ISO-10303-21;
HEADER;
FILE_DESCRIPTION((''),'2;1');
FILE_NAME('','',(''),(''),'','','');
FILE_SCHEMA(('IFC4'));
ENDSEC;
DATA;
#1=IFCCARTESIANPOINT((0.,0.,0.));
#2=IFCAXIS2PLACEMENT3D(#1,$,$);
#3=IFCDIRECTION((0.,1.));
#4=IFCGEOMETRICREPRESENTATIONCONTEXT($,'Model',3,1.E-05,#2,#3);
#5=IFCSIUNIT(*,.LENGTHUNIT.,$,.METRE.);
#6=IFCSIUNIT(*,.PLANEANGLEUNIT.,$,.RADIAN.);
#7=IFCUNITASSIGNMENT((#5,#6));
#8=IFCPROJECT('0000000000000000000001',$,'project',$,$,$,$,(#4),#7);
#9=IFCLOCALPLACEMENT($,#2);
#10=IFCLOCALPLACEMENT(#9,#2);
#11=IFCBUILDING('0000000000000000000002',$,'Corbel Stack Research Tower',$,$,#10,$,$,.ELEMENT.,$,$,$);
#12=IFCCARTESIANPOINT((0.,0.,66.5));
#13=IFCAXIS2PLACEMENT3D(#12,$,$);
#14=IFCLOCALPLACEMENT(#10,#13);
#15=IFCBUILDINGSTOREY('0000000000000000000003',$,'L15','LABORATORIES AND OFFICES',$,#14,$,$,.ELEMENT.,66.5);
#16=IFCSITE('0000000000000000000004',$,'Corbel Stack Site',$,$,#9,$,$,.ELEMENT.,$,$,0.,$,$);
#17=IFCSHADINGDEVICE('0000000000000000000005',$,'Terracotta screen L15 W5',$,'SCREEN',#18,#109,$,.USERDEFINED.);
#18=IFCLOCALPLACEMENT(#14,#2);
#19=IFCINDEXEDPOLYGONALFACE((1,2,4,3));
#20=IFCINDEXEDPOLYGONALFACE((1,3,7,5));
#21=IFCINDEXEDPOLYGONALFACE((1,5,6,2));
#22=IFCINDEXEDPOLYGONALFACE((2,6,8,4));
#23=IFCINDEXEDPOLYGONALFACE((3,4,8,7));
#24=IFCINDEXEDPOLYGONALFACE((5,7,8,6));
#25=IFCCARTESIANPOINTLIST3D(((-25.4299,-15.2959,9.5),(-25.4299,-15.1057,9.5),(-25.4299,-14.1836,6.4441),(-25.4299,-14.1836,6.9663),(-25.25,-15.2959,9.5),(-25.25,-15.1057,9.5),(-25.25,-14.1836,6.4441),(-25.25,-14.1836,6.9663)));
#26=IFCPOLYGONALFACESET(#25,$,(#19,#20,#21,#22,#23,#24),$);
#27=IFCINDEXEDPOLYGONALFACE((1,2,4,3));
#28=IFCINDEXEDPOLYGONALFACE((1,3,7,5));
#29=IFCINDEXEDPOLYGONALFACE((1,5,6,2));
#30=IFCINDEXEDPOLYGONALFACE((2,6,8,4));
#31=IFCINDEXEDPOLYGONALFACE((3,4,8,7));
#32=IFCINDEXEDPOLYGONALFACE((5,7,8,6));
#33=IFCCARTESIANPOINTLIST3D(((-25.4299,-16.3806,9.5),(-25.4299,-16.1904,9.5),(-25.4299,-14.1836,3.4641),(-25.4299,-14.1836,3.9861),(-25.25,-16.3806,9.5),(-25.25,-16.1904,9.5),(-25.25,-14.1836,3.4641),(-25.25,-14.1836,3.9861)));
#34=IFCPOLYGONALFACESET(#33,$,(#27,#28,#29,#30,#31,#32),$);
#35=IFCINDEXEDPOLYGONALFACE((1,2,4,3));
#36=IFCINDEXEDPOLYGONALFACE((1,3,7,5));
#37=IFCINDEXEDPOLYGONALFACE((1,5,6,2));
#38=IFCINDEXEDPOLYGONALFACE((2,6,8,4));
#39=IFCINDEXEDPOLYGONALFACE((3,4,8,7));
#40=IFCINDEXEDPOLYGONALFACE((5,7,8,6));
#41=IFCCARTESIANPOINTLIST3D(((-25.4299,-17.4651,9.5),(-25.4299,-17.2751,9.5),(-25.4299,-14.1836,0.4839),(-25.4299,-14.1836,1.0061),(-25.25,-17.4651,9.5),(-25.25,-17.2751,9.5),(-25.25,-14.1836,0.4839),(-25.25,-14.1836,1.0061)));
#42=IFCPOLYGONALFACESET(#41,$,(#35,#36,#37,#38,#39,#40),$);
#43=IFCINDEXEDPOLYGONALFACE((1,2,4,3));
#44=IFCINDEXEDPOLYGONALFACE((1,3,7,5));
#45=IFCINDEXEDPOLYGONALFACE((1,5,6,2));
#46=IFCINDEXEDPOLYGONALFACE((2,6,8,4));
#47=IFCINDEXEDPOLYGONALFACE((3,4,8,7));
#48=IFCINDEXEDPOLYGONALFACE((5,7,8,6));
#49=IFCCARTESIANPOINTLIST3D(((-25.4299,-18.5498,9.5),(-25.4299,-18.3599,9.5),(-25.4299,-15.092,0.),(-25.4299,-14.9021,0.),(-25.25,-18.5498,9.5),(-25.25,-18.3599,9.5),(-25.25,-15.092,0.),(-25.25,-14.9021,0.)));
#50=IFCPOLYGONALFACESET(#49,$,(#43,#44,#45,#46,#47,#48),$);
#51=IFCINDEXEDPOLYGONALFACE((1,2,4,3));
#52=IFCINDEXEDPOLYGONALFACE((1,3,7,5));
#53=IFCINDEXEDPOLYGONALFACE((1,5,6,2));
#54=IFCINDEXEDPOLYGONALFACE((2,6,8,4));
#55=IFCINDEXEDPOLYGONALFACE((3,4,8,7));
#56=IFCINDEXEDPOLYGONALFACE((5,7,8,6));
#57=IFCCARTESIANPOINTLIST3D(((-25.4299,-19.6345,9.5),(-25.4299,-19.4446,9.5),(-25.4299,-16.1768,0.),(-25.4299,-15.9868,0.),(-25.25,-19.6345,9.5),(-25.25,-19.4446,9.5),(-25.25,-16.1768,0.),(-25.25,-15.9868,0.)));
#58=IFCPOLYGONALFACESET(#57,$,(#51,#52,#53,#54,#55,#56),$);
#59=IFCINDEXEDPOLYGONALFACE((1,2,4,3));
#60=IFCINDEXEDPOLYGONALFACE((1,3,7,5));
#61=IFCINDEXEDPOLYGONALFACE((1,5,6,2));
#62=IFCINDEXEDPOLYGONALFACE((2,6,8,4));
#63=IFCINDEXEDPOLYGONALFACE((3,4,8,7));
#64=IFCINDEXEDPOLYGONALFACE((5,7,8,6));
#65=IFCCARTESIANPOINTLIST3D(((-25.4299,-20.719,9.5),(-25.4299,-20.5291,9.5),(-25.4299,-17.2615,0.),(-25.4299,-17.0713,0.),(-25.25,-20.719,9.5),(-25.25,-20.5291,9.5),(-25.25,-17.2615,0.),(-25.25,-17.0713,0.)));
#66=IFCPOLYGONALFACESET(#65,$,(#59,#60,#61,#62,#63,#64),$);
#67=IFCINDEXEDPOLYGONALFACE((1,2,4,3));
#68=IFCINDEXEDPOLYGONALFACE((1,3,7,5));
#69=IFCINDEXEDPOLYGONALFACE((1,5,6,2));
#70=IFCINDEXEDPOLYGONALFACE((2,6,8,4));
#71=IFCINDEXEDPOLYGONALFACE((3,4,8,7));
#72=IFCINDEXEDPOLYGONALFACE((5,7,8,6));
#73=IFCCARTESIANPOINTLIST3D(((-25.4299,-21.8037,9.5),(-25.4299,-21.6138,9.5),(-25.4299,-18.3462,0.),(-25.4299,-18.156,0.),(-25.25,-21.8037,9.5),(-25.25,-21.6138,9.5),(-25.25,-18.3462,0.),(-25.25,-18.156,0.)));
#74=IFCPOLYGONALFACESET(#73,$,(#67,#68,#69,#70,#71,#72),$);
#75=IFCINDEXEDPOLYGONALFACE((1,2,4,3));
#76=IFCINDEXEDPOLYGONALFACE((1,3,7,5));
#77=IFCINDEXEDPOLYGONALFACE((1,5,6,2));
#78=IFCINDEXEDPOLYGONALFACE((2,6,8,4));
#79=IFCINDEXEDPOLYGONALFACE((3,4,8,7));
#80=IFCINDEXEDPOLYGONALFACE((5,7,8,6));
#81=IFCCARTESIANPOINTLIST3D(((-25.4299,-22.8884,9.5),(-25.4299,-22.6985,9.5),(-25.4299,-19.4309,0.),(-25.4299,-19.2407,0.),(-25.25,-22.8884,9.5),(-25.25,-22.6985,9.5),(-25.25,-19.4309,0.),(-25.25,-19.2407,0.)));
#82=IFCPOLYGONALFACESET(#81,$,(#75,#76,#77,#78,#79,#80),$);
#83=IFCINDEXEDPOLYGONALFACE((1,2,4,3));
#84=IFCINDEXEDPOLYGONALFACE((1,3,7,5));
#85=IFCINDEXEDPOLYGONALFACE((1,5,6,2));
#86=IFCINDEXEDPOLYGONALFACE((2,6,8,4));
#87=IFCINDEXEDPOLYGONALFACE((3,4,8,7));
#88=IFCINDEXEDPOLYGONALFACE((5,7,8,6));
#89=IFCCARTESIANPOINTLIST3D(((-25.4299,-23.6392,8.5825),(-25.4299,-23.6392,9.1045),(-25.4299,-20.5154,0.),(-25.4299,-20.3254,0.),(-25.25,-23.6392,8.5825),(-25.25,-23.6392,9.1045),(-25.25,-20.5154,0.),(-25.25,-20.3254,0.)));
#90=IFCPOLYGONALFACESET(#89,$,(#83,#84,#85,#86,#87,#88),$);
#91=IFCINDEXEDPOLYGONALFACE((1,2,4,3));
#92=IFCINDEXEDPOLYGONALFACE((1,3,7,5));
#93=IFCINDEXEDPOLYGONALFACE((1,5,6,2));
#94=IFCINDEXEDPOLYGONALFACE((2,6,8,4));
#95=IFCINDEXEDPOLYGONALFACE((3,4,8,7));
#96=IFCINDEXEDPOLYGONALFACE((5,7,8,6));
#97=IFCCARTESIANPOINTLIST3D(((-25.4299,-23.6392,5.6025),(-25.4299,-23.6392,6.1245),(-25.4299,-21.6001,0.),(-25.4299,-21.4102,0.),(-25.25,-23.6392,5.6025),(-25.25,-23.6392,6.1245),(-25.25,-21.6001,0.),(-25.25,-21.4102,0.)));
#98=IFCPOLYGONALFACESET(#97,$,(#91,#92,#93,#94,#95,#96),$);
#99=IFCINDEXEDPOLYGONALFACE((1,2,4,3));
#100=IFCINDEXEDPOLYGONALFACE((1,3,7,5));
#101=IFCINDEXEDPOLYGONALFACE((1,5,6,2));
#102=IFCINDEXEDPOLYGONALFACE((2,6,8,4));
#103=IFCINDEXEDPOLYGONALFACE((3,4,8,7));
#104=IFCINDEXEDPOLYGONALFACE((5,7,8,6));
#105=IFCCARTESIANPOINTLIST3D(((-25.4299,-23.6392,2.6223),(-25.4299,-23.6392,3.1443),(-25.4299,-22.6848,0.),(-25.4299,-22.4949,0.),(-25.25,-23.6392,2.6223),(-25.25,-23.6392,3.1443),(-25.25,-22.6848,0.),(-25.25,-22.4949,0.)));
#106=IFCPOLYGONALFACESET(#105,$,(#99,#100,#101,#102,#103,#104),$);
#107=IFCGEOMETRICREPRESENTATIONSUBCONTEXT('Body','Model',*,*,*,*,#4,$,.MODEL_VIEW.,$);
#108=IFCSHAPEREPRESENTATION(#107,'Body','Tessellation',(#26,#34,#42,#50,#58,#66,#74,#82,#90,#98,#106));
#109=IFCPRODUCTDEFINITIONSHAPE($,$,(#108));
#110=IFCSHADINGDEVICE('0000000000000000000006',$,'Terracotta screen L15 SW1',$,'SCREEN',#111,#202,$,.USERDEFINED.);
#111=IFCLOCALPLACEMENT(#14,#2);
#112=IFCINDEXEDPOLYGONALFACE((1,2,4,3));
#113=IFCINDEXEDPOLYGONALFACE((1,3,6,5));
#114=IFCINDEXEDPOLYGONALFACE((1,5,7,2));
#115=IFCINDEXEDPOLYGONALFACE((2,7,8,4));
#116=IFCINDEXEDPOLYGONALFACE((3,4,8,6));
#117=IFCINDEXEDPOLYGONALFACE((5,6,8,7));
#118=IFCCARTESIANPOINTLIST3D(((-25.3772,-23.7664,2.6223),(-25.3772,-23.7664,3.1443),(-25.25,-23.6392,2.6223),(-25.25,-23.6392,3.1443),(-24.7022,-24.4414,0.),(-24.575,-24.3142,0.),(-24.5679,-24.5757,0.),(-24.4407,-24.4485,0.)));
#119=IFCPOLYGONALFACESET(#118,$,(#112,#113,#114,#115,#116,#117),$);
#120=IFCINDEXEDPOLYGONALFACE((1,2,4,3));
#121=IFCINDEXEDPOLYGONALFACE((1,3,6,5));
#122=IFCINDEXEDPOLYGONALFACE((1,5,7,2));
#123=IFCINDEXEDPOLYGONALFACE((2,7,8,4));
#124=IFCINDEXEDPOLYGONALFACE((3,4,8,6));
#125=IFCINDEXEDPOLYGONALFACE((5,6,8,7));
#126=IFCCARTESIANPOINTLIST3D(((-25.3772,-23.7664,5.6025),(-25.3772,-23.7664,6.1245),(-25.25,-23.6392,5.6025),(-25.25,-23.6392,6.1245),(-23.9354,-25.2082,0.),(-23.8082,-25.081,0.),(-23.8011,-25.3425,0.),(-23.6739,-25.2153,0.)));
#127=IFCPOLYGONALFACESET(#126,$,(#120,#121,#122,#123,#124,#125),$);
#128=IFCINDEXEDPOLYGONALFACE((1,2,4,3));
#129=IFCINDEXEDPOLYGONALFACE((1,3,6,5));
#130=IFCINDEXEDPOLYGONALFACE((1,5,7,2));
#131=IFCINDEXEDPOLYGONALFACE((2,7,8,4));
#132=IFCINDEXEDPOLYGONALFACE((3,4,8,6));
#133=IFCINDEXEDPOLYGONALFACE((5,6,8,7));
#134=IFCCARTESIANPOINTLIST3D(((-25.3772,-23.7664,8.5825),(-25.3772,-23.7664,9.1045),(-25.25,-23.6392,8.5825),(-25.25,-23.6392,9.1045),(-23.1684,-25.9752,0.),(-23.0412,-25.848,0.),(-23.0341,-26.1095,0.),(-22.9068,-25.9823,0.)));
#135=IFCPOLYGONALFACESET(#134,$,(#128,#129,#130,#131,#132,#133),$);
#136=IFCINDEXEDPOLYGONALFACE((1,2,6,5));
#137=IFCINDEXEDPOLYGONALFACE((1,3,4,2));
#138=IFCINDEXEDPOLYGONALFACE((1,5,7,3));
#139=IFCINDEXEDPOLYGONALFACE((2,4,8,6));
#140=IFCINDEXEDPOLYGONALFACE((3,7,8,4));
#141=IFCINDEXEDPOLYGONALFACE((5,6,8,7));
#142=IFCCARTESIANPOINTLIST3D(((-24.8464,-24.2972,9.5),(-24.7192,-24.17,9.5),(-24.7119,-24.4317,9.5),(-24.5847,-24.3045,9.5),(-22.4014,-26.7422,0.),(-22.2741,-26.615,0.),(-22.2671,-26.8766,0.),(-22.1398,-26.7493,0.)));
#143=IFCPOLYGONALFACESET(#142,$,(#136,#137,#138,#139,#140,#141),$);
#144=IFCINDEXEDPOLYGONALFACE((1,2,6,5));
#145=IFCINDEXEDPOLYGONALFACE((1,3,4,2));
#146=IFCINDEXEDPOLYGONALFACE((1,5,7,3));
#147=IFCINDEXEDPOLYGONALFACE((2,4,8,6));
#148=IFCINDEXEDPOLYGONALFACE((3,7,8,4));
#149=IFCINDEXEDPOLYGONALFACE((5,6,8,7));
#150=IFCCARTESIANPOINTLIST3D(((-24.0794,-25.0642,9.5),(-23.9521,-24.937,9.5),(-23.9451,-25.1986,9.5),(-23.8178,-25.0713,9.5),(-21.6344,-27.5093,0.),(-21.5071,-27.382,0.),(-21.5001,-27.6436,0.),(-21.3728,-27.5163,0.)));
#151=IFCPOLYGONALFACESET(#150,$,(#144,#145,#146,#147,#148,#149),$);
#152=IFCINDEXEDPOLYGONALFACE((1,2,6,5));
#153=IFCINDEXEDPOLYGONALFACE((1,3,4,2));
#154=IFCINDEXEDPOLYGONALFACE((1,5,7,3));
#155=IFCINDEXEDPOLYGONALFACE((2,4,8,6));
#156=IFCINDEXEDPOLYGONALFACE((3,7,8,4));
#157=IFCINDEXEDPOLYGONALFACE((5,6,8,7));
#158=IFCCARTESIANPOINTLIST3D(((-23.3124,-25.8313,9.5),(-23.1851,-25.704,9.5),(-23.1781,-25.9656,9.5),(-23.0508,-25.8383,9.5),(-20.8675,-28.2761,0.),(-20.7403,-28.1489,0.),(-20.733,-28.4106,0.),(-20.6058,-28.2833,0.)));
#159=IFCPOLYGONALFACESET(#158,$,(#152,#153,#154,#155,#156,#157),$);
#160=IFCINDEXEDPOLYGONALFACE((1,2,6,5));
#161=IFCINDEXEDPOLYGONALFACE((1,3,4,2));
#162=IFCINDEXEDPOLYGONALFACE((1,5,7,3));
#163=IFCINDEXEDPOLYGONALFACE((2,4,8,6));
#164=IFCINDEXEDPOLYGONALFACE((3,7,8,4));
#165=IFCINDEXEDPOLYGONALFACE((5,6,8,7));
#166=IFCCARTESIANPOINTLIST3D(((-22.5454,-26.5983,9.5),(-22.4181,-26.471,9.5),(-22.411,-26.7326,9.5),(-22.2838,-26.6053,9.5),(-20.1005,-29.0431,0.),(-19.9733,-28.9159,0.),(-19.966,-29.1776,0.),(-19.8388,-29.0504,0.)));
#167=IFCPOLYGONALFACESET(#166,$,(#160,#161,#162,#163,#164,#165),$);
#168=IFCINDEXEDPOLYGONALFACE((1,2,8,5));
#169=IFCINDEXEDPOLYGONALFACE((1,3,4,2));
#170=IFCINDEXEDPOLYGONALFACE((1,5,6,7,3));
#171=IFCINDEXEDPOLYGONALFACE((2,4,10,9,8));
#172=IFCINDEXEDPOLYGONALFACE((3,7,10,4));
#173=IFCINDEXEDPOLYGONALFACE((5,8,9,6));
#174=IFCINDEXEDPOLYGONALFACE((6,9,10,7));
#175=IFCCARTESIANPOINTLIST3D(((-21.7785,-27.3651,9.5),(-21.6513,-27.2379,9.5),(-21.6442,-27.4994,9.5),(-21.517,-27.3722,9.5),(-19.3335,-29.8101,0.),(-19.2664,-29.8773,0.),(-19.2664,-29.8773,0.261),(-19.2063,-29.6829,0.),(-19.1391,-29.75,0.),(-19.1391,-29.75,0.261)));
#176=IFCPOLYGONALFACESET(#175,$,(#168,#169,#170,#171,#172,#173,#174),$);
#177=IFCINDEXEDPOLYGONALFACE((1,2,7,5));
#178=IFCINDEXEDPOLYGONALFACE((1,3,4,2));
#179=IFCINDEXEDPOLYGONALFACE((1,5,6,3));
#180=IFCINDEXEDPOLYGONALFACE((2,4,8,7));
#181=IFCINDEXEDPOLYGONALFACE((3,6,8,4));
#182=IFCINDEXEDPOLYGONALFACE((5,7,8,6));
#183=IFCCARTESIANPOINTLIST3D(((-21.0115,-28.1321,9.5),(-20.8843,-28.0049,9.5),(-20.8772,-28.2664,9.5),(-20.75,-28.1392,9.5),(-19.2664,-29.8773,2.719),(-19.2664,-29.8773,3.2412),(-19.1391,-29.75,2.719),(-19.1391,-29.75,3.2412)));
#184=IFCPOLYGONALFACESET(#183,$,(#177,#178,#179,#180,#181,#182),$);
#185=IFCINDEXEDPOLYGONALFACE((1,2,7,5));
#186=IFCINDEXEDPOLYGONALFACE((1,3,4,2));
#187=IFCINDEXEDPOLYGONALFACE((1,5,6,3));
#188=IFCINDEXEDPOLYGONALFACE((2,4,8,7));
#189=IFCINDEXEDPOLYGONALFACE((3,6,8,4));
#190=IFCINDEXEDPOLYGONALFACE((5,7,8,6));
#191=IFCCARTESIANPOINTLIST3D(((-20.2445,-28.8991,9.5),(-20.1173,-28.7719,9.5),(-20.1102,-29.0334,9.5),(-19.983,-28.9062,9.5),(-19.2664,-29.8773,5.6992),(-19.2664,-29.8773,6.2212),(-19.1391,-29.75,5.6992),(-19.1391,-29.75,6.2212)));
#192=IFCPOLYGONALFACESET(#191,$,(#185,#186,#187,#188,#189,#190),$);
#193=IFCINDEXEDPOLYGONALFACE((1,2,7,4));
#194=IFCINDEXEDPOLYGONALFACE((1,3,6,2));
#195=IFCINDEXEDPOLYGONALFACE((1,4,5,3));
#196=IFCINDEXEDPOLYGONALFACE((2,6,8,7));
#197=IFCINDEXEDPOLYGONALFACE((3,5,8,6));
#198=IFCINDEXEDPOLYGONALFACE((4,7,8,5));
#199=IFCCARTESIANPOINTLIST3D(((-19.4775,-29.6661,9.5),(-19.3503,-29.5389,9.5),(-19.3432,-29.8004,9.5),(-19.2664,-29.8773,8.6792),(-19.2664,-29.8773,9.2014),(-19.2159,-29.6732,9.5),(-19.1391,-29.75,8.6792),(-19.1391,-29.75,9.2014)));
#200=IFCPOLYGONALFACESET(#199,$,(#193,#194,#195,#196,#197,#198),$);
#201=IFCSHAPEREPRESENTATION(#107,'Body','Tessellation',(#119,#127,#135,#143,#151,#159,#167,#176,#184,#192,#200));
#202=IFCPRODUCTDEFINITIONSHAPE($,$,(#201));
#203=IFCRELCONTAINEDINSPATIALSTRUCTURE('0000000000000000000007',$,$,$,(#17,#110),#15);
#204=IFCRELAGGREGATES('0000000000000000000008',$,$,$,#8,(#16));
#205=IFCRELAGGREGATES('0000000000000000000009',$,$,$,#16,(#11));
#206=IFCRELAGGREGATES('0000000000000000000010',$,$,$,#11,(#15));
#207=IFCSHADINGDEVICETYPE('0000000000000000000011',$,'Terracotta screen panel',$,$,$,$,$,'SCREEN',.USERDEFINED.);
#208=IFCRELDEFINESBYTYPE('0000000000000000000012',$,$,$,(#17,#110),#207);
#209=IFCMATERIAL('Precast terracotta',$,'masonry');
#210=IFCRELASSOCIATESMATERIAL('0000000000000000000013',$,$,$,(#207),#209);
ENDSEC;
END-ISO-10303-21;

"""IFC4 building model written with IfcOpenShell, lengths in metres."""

from ifc_helpers import new_model, si_unit, direction, frame, origin, place, context, subcontext, project, spatial, polyline, outline, extrude, source, transform, mapped, material, type_object, element, save


model = new_model("IFC4")

# Units and contexts
model_context = context("Model", 3, precision=1e-05, world=origin(), true_north=direction((0.0, 1.0)))
body_context = subcontext(model_context, "Body", "Model", "MODEL_VIEW")
ifc_project = project(units=[si_unit("LENGTHUNIT", "METRE"), si_unit("PLANEANGLEUNIT", "RADIAN")], contexts=[model_context])

# Site, building, storey
site_placement = place(None, origin())
site = spatial("IfcSite", under=ifc_project, at=site_placement, Name="Corbel Stack Site", CompositionType="ELEMENT", RefElevation=0.0)
building_placement = place(site_placement, origin())
building = spatial("IfcBuilding", under=site, at=building_placement, Name="Corbel Stack Research Tower", CompositionType="ELEMENT")
storey_placement = place(building_placement, frame((0.0, 0.0, 66.5)))
storey = spatial("IfcBuildingStorey", under=building, at=storey_placement, Name="L15", Description="LABORATORIES AND OFFICES", CompositionType="ELEMENT", Elevation=66.5)

# Shading devices
ifc_material_1 = material(Name="Precast terracotta", Category="masonry")
shading_device_type = type_object("IfcShadingDeviceType", Name="Terracotta screen panel", ElementType="SCREEN", PredefinedType="USERDEFINED", material=ifc_material_1)
shared_shape_1 = source(origin(), body_context, "Body", "SweptSolid", [
    extrude(outline(polyline([(1.1123, 9.5), (0.9221, 9.5), (0.0, 6.9663), (0.0, 6.4441), (1.1123, 9.5)])), frame((0.0, 0.0, 0.0), z_axis=(0.0, -1.0, 0.0), x_axis=(1.0, 0.0, 0.0)), (0.0, 0.0, 1.0), 0.1799),
    extrude(outline(polyline([(2.197, 9.5), (2.0068, 9.5), (0.0, 3.9861), (0.0, 3.4641), (2.197, 9.5)])), frame((0.0, 0.0, 0.0), z_axis=(0.0, -1.0, 0.0), x_axis=(1.0, 0.0, 0.0)), (0.0, 0.0, 1.0), 0.1799),
    extrude(outline(polyline([(3.2815, 9.5), (3.0916, 9.5), (0.0, 1.0061), (0.0, 0.4839), (3.2815, 9.5)])), frame((0.0, 0.0, 0.0), z_axis=(0.0, -1.0, 0.0), x_axis=(1.0, 0.0, 0.0)), (0.0, 0.0, 1.0), 0.1799),
    extrude(outline(polyline([(0.9084, 0.0), (4.3662, 9.5), (4.1763, 9.5), (0.7185, 0.0), (0.9084, 0.0)])), frame((0.0, 0.0, 0.0), z_axis=(0.0, -1.0, 0.0), x_axis=(1.0, 0.0, 0.0)), (0.0, 0.0, 1.0), 0.1799),
    extrude(outline(polyline([(1.9932, 0.0), (5.4509, 9.5), (5.261, 9.5), (1.8032, 0.0), (1.9932, 0.0)])), frame((0.0, 0.0, 0.0), z_axis=(0.0, -1.0, 0.0), x_axis=(1.0, 0.0, 0.0)), (0.0, 0.0, 1.0), 0.1799),
    extrude(outline(polyline([(3.0779, 0.0), (6.5354, 9.5), (6.3455, 9.5), (2.8877, 0.0), (3.0779, 0.0)])), frame((0.0, 0.0, 0.0), z_axis=(0.0, -1.0, 0.0), x_axis=(1.0, 0.0, 0.0)), (0.0, 0.0, 1.0), 0.1799),
    extrude(outline(polyline([(4.1626, 0.0), (7.6201, 9.5), (7.4302, 9.5), (3.9724, 0.0), (4.1626, 0.0)])), frame((0.0, 0.0, 0.0), z_axis=(0.0, -1.0, 0.0), x_axis=(1.0, 0.0, 0.0)), (0.0, 0.0, 1.0), 0.1799),
    extrude(outline(polyline([(5.2473, 0.0), (8.7048, 9.5), (8.5149, 9.5), (5.0571, 0.0), (5.2473, 0.0)])), frame((0.0, 0.0, 0.0), z_axis=(0.0, -1.0, 0.0), x_axis=(1.0, 0.0, 0.0)), (0.0, 0.0, 1.0), 0.1799),
    extrude(outline(polyline([(6.3318, 0.0), (9.4556, 8.5825), (9.4556, 9.1045), (6.1418, 0.0), (6.3318, 0.0)])), frame((0.0, 0.0, 0.0), z_axis=(0.0, -1.0, 0.0), x_axis=(1.0, 0.0, 0.0)), (0.0, 0.0, 1.0), 0.1799),
    extrude(outline(polyline([(7.4165, 0.0), (9.4556, 5.6025), (9.4556, 6.1245), (7.2266, 0.0), (7.4165, 0.0)])), frame((0.0, 0.0, 0.0), z_axis=(0.0, -1.0, 0.0), x_axis=(1.0, 0.0, 0.0)), (0.0, 0.0, 1.0), 0.1799),
    extrude(outline(polyline([(8.5012, 0.0), (9.4556, 2.6223), (9.4556, 3.1443), (8.3113, 0.0), (8.5012, 0.0)])), frame((0.0, 0.0, 0.0), z_axis=(0.0, -1.0, 0.0), x_axis=(1.0, 0.0, 0.0)), (0.0, 0.0, 1.0), 0.1799),
])
shading_device_1_placement = place(storey_placement, frame((-25.25, -14.1836, 0.0), z_axis=(0.0, 0.0, 1.0), x_axis=(0.0, -1.0, 0.0)))
element("IfcShadingDevice", 1, at=shading_device_1_placement, inside=storey, type_object=shading_device_type, Name="Terracotta screen L15 W5", ObjectType="SCREEN", PredefinedType="USERDEFINED", context=body_context, shape_type="MappedRepresentation", body=[
    mapped(shared_shape_1, transform((0.0, 0.0, 0.0))),
])
shared_shape_2 = source(origin(), body_context, "Body", "SweptSolid", [
    extrude(outline(polyline([(1.1445, 0.0), (0.0, 3.1443), (0.0, 2.6223), (0.9546, 0.0), (1.1445, 0.0)])), frame((0.0, 0.0, 0.0), z_axis=(0.0, -1.0, 0.0), x_axis=(1.0, 0.0, 0.0)), (0.0, 0.0, 1.0), 0.1799),
    extrude(outline(polyline([(2.229, 0.0), (0.0, 6.1245), (0.0, 5.6025), (2.0391, 0.0), (2.229, 0.0)])), frame((0.0, 0.0, 0.0), z_axis=(0.0, -1.0, 0.0), x_axis=(1.0, 0.0, 0.0)), (0.0, 0.0, 1.0), 0.1799),
    extrude(outline(polyline([(3.3137, 0.0), (0.0, 9.1045), (0.0, 8.5825), (3.1238, 0.0), (3.3137, 0.0)])), frame((0.0, 0.0, 0.0), z_axis=(0.0, -1.0, 0.0), x_axis=(1.0, 0.0, 0.0)), (0.0, 0.0, 1.0), 0.1799),
    extrude(outline(polyline([(4.3984, 0.0), (0.9409, 9.5), (0.7507, 9.5), (4.2085, 0.0), (4.3984, 0.0)])), frame((0.0, 0.0, 0.0), z_axis=(0.0, -1.0, 0.0), x_axis=(1.0, 0.0, 0.0)), (0.0, 0.0, 1.0), 0.1799),
    extrude(outline(polyline([(5.4832, 0.0), (2.0254, 9.5), (1.8354, 9.5), (5.2932, 0.0), (5.4832, 0.0)])), frame((0.0, 0.0, 0.0), z_axis=(0.0, -1.0, 0.0), x_axis=(1.0, 0.0, 0.0)), (0.0, 0.0, 1.0), 0.1799),
    extrude(outline(polyline([(6.5679, 0.0), (3.1101, 9.5), (2.9202, 9.5), (6.3777, 0.0), (6.5679, 0.0)])), frame((0.0, 0.0, 0.0), z_axis=(0.0, -1.0, 0.0), x_axis=(1.0, 0.0, 0.0)), (0.0, 0.0, 1.0), 0.1799),
    extrude(outline(polyline([(7.6526, 0.0), (4.1948, 9.5), (4.0049, 9.5), (7.4624, 0.0), (7.6526, 0.0)])), frame((0.0, 0.0, 0.0), z_axis=(0.0, -1.0, 0.0), x_axis=(1.0, 0.0, 0.0)), (0.0, 0.0, 1.0), 0.1799),
    extrude(outline(polyline([(8.6421, 0.0), (8.6421, 0.261), (5.2793, 9.5), (5.0894, 9.5), (8.5471, 0.0), (8.6421, 0.0)])), frame((0.0, 0.0, 0.0), z_axis=(0.0, -1.0, 0.0), x_axis=(1.0, 0.0, 0.0)), (0.0, 0.0, 1.0), 0.1799),
    extrude(outline(polyline([(6.364, 9.5), (6.1741, 9.5), (8.6421, 2.719), (8.6421, 3.2412), (6.364, 9.5)])), frame((0.0, 0.0, 0.0), z_axis=(0.0, -1.0, 0.0), x_axis=(1.0, 0.0, 0.0)), (0.0, 0.0, 1.0), 0.1799),
    extrude(outline(polyline([(7.4487, 9.5), (7.2588, 9.5), (8.6421, 5.6992), (8.6421, 6.2212), (7.4487, 9.5)])), frame((0.0, 0.0, 0.0), z_axis=(0.0, -1.0, 0.0), x_axis=(1.0, 0.0, 0.0)), (0.0, 0.0, 1.0), 0.1799),
    extrude(outline(polyline([(8.5334, 9.5), (8.3435, 9.5), (8.6421, 8.6792), (8.6421, 9.2014), (8.5334, 9.5)])), frame((0.0, 0.0, 0.0), z_axis=(0.0, -1.0, 0.0), x_axis=(1.0, 0.0, 0.0)), (0.0, 0.0, 1.0), 0.1799),
])
shading_device_2_placement = place(storey_placement, frame((-25.25, -23.6392, 0.0), z_axis=(0.0, 0.0, 1.0), x_axis=(0.707107, -0.707107, 0.0)))
element("IfcShadingDevice", 2, at=shading_device_2_placement, inside=storey, type_object=shading_device_type, Name="Terracotta screen L15 SW1", ObjectType="SCREEN", PredefinedType="USERDEFINED", context=body_context, shape_type="MappedRepresentation", body=[
    mapped(shared_shape_2, transform((0.0, 0.0, 0.0))),
])

save(model, "model.ifc")
